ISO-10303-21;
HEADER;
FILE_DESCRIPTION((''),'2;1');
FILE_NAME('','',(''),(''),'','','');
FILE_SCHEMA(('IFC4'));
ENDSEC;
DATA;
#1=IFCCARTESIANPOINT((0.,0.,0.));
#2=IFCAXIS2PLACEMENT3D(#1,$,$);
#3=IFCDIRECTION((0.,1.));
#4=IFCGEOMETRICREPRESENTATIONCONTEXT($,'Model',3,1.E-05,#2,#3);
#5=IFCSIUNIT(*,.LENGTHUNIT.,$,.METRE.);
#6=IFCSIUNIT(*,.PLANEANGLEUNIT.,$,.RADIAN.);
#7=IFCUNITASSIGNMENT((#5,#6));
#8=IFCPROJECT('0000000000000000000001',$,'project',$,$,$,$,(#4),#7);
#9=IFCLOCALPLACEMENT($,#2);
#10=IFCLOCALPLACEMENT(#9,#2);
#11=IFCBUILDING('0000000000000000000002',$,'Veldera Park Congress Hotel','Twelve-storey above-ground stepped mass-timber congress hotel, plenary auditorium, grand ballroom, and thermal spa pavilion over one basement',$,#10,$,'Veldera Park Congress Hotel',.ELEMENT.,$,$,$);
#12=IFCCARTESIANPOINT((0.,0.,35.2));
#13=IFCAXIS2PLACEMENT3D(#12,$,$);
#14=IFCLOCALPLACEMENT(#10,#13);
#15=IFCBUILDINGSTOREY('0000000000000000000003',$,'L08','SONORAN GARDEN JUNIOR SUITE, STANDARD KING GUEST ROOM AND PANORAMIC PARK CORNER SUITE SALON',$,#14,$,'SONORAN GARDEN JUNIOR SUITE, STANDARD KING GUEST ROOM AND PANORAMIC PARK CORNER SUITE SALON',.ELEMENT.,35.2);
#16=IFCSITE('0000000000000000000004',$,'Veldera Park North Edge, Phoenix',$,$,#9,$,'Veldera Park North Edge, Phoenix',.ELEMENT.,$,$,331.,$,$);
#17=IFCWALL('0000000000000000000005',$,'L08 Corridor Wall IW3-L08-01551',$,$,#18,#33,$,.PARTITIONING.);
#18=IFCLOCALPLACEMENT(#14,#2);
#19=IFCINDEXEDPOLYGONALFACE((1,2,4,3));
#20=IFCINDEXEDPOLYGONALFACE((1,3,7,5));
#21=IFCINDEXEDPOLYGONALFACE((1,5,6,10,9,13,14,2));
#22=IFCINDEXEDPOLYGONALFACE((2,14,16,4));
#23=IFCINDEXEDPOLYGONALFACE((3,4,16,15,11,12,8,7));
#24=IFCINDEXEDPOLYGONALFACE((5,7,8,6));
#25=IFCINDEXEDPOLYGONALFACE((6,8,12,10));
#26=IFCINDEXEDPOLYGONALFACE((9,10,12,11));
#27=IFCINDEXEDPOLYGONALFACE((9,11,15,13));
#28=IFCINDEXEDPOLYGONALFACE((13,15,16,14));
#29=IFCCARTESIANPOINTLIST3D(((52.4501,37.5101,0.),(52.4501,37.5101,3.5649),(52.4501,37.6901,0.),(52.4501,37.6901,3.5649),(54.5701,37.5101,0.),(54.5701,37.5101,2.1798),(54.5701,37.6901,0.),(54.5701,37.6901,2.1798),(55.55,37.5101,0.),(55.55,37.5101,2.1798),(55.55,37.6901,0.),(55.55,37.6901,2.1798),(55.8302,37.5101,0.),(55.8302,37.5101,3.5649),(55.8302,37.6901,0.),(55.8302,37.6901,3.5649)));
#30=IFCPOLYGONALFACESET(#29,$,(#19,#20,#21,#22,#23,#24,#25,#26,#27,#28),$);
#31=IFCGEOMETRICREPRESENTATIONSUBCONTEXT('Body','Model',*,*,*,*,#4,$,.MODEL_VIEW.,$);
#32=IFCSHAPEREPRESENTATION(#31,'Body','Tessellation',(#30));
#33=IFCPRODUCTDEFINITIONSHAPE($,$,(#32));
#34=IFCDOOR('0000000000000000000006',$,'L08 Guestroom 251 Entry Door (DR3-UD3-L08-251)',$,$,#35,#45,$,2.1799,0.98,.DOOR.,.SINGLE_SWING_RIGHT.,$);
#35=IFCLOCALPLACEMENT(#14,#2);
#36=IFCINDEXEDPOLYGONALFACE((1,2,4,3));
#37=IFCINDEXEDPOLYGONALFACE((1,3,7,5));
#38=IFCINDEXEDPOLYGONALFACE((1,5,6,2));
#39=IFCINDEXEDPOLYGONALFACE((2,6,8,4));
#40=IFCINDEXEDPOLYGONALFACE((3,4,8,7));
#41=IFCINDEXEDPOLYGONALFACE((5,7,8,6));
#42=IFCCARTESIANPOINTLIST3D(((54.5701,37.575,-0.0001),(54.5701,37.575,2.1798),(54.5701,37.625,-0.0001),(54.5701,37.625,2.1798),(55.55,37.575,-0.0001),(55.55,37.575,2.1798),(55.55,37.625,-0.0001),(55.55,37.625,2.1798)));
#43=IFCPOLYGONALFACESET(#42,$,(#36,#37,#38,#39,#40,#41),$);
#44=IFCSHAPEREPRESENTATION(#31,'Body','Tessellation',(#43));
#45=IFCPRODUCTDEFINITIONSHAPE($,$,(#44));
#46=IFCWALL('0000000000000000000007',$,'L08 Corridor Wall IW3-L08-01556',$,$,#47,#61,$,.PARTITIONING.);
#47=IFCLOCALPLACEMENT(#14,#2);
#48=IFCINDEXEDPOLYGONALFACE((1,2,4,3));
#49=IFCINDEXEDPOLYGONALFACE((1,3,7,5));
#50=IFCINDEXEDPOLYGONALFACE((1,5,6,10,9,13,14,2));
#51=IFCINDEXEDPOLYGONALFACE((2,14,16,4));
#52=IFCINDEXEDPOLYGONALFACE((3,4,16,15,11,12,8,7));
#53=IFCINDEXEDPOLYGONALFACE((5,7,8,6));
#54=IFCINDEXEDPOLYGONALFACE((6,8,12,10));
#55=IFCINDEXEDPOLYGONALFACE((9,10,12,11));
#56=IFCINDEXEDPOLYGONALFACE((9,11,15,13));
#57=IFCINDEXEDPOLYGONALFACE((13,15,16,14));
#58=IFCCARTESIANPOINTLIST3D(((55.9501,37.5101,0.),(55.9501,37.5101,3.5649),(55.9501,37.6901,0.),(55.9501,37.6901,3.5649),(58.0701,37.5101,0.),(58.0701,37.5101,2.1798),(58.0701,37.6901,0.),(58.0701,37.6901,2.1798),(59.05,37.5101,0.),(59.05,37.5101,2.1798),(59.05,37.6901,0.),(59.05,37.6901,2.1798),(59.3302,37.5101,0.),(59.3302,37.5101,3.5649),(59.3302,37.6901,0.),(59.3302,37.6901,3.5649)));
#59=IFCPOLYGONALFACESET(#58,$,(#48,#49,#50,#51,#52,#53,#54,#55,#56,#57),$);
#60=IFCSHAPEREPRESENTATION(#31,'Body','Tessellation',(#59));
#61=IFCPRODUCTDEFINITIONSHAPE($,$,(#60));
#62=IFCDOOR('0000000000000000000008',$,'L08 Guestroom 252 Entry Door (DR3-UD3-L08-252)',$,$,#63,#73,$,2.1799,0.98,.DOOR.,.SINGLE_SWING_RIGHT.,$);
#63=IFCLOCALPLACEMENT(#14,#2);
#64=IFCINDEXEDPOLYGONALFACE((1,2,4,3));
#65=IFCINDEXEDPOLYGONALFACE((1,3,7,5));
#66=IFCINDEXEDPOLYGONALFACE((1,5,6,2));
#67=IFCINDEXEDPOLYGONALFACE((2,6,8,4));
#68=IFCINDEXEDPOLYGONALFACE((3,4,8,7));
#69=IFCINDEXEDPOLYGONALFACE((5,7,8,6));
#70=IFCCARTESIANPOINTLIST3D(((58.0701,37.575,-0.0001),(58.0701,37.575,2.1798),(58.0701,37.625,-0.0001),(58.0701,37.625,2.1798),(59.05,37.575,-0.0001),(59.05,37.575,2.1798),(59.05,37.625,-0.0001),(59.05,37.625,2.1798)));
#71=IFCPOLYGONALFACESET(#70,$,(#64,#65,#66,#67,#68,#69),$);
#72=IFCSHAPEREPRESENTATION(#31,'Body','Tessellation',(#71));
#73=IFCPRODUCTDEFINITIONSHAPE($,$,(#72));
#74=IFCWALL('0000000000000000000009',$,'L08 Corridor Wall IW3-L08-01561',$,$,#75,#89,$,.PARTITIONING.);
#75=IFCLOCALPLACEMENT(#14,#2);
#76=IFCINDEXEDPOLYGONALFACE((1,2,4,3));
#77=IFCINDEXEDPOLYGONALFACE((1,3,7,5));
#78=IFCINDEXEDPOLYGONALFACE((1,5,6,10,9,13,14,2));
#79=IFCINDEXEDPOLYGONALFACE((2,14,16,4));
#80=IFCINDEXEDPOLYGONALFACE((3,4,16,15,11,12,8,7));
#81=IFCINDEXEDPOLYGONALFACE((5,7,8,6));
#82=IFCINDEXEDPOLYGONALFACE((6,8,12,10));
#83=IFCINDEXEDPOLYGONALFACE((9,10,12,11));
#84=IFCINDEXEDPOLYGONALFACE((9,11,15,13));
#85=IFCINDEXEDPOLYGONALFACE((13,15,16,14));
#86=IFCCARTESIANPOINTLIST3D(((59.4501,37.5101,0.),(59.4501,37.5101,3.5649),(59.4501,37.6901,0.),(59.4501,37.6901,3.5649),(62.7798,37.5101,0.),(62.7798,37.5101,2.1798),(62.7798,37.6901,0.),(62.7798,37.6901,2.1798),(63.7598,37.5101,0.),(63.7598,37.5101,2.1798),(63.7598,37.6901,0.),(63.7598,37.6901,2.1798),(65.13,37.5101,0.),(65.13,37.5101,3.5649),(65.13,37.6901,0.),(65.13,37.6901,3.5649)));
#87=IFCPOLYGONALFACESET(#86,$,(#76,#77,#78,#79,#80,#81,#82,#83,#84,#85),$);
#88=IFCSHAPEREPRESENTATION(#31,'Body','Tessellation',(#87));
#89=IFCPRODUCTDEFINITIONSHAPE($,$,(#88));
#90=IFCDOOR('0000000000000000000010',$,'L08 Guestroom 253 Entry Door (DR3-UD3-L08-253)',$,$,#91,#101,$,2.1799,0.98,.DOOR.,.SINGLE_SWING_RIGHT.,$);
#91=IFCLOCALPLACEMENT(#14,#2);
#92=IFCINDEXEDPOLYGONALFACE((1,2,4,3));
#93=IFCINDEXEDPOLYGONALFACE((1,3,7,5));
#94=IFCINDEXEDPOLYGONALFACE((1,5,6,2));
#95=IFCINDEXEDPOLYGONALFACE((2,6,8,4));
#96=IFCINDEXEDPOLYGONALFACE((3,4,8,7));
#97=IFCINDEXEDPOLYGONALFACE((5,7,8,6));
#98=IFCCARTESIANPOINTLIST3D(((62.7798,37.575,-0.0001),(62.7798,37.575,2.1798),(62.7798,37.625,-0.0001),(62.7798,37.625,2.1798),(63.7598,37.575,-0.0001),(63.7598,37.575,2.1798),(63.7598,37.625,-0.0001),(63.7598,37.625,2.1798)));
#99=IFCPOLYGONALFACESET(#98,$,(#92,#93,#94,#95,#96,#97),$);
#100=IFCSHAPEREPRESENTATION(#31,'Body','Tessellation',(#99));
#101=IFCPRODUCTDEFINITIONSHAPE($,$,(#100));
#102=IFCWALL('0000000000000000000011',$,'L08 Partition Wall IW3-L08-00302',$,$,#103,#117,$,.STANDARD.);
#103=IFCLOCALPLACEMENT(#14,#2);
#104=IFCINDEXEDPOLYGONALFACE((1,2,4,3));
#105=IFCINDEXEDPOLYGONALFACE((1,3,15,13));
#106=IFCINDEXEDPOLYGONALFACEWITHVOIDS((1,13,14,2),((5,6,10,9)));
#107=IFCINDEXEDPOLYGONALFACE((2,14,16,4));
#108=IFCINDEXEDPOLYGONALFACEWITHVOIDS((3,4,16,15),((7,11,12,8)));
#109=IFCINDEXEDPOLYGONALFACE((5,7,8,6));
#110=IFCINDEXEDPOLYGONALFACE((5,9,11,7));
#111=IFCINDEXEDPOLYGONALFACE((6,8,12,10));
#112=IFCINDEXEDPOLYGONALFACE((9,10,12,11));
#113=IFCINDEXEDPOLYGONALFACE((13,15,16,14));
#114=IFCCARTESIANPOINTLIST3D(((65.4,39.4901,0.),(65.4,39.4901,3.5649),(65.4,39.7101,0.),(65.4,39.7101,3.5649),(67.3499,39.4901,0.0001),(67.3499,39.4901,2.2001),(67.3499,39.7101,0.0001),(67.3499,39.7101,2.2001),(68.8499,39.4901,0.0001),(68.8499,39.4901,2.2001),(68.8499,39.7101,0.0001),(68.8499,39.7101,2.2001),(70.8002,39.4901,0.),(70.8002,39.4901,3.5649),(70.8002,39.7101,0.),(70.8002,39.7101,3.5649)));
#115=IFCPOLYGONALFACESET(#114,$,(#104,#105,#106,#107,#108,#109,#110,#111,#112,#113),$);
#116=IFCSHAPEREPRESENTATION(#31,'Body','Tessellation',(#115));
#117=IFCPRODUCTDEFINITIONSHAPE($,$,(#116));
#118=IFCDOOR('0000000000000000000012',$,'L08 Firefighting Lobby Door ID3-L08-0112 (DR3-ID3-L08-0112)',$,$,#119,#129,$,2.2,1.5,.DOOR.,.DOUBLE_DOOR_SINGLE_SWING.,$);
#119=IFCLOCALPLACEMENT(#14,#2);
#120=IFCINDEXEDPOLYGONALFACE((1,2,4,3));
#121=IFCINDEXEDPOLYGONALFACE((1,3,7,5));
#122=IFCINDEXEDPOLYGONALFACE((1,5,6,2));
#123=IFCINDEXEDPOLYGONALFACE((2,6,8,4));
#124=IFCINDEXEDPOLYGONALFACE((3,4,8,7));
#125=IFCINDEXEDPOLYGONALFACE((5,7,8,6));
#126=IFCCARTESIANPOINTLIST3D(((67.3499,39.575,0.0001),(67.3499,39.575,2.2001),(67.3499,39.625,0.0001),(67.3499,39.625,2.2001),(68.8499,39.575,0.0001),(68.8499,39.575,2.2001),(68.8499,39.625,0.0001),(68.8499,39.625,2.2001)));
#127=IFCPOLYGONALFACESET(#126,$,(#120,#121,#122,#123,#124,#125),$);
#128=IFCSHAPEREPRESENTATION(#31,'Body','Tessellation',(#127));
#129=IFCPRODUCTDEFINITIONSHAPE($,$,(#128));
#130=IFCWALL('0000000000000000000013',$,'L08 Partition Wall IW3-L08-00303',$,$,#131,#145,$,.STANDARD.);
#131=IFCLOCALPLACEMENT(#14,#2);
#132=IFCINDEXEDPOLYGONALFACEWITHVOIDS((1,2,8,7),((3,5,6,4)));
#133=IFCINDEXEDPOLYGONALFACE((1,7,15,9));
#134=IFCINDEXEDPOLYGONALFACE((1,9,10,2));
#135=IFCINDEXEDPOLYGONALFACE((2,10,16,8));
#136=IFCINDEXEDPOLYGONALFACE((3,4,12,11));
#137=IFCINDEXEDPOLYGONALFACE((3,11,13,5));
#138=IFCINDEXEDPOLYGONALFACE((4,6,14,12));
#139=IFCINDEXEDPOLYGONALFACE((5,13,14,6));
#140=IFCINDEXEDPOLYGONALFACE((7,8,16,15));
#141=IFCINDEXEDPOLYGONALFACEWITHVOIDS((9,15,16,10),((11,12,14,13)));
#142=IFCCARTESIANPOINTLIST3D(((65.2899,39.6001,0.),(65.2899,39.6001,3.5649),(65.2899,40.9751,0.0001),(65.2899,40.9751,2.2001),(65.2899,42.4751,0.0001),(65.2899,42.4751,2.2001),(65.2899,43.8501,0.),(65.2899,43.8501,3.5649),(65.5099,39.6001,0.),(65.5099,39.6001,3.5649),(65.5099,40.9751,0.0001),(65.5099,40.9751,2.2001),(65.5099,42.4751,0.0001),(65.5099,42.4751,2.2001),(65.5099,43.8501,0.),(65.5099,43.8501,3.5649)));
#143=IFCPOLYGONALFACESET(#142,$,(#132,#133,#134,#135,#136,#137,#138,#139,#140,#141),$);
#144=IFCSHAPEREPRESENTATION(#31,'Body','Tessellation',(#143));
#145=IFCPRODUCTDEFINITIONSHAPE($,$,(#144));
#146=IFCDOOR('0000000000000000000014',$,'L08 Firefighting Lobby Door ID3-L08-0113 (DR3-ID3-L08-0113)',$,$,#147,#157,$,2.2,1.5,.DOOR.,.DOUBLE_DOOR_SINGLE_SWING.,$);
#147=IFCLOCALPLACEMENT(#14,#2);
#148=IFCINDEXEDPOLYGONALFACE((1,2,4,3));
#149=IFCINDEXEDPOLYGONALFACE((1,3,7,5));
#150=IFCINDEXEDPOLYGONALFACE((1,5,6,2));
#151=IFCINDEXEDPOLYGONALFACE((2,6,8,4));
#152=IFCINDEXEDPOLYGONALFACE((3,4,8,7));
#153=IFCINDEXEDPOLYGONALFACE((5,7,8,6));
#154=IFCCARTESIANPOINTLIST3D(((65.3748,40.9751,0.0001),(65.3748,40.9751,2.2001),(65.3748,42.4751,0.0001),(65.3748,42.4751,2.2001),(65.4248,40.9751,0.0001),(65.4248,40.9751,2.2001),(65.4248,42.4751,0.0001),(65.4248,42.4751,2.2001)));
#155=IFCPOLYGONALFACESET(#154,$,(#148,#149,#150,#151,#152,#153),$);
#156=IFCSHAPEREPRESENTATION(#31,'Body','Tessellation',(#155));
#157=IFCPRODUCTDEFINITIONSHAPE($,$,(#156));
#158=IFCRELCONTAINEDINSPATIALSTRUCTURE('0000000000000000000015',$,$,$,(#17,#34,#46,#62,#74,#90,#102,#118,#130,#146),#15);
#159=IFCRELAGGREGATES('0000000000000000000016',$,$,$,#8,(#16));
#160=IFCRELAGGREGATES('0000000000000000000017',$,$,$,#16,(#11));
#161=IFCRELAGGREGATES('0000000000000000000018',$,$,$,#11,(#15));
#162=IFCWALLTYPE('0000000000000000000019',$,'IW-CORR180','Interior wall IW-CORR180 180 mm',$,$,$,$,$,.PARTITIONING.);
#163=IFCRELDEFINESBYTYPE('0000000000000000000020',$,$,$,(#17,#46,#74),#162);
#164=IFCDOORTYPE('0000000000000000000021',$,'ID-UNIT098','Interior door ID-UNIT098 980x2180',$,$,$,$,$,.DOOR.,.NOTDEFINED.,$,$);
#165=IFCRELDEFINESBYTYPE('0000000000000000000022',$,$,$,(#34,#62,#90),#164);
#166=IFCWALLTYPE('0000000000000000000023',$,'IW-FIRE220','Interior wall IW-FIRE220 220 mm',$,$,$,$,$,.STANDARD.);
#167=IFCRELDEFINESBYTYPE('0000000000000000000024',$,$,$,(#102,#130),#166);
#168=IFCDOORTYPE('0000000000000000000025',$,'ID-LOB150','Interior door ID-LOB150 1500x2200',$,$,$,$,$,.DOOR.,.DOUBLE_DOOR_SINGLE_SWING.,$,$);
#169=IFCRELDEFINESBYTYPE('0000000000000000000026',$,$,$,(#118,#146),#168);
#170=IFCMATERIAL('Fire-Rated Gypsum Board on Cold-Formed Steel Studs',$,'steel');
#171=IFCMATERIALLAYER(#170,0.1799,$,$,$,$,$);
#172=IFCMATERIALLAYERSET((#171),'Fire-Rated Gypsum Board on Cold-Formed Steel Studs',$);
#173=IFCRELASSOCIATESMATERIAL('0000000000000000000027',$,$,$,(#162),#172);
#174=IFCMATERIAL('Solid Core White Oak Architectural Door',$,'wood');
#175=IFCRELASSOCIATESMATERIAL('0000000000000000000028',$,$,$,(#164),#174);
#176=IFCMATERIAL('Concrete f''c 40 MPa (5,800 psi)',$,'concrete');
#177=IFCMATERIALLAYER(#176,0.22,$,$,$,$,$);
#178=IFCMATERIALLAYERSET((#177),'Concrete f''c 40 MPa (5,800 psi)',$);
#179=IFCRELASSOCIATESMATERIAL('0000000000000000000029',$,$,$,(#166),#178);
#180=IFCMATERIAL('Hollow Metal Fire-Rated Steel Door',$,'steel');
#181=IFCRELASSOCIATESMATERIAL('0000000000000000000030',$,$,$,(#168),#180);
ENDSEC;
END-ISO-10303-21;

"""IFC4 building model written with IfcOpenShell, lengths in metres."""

from ifc_helpers import new_model, si_unit, direction, frame, frame_2d, origin, place, context, subcontext, project, spatial, rectangle, extrude, material, layer, layer_set, type_object, element, fill, save


model = new_model("IFC4")

# Units and contexts
model_context = context("Model", 3, precision=1e-05, world=origin(), true_north=direction((0.0, 1.0)))
body_context = subcontext(model_context, "Body", "Model", "MODEL_VIEW")
ifc_project = project(units=[si_unit("LENGTHUNIT", "METRE"), si_unit("PLANEANGLEUNIT", "RADIAN")], contexts=[model_context])

# Site, building, storey
site_placement = place(None, origin())
site = spatial("IfcSite", under=ifc_project, at=site_placement, Name="Veldera Park North Edge, Phoenix", LongName="Veldera Park North Edge, Phoenix", CompositionType="ELEMENT", RefElevation=331.0)
building_placement = place(site_placement, origin())
building = spatial("IfcBuilding", under=site, at=building_placement, Name="Veldera Park Congress Hotel", Description="Twelve-storey above-ground stepped mass-timber congress hotel, plenary auditorium, grand ballroom, and thermal spa pavilion over one basement", LongName="Veldera Park Congress Hotel", CompositionType="ELEMENT")
storey_placement = place(building_placement, frame((0.0, 0.0, 35.2)))
storey = spatial("IfcBuildingStorey", under=building, at=storey_placement, Name="L08", Description="SONORAN GARDEN JUNIOR SUITE, STANDARD KING GUEST ROOM AND PANORAMIC PARK CORNER SUITE SALON", LongName="SONORAN GARDEN JUNIOR SUITE, STANDARD KING GUEST ROOM AND PANORAMIC PARK CORNER SUITE SALON", CompositionType="ELEMENT", Elevation=35.2)

# Shared definitions
ifc_material_1 = material(Name="Fire-Rated Gypsum Board on Cold-Formed Steel Studs", Category="steel")
ifc_layer_1 = layer(ifc_material_1, 0.1799)
ifc_layer_set_1 = layer_set([ifc_layer_1], Name="Fire-Rated Gypsum Board on Cold-Formed Steel Studs")
wall_type_1 = type_object("IfcWallType", Name="IW-CORR180", Description="Interior wall IW-CORR180 180 mm", PredefinedType="PARTITIONING", material=ifc_layer_set_1)
ifc_material_2 = material(Name="Solid Core White Oak Architectural Door", Category="wood")

# Walls, openings, doors
door_type_1 = type_object("IfcDoorType", Name="ID-UNIT098", Description="Interior door ID-UNIT098 980x2180", OperationType="NOTDEFINED", PredefinedType="DOOR", material=ifc_material_2)
wall_1_placement = place(storey_placement, frame((55.8301, 37.6001, 0.0), z_axis=(0.0, 0.0, 1.0), x_axis=(-1.0, 0.0, 0.0)))
wall_1 = element("IfcWall", 1, at=wall_1_placement, inside=storey, type_object=wall_type_1, Name="L08 Corridor Wall IW3-L08-01551", PredefinedType="PARTITIONING", context=body_context, shape_type="SweptSolid", body=[
    extrude(rectangle(XDim=3.3801, YDim=0.1799, at=frame_2d((1.6899, 0.0))), origin(), (0.0, 0.0, 1.0), 3.5649),
])
opening_1_placement = place(wall_1_placement, frame((0.28, 0.0, 0.0)))
opening_1 = element("IfcOpeningElement", 2, at=opening_1_placement, cuts=wall_1, PredefinedType="OPENING", context=body_context, shape_type="SweptSolid", body=[
    extrude(rectangle(XDim=0.98, YDim=2.1799, at=frame_2d((0.49, 1.0898))), frame((0.0, 0.1021, 0.0), z_axis=(0.0, -1.0, 0.0), x_axis=(1.0, 0.0, 0.0)), (0.0, 0.0, 1.0), 0.2039),
])
door_1_placement = place(opening_1_placement, frame((0.98, 0.0, 0.0), z_axis=(0.0, 0.0, 1.0), x_axis=(-1.0, 0.0, 0.0)))
door_1 = element("IfcDoor", 3, at=door_1_placement, inside=storey, type_object=door_type_1, Name="L08 Guestroom 251 Entry Door (DR3-UD3-L08-251)", OperationType="SINGLE_SWING_RIGHT", OverallHeight=2.1799, OverallWidth=0.98, PredefinedType="DOOR", context=body_context, shape_type="SweptSolid", body=[
    extrude(rectangle(XDim=0.98, YDim=2.1799, at=frame_2d((0.49, 1.0898))), frame((0.0, 0.0249, 0.0), z_axis=(0.0, -1.0, 0.0), x_axis=(1.0, 0.0, 0.0)), (0.0, 0.0, 1.0), 0.05),
])
fill(opening_1, door_1)
wall_2_placement = place(storey_placement, frame((59.3301, 37.6001, 0.0), z_axis=(0.0, 0.0, 1.0), x_axis=(-1.0, 0.0, 0.0)))
wall_2 = element("IfcWall", 4, at=wall_2_placement, inside=storey, type_object=wall_type_1, Name="L08 Corridor Wall IW3-L08-01556", PredefinedType="PARTITIONING", context=body_context, shape_type="SweptSolid", body=[
    extrude(rectangle(XDim=3.3801, YDim=0.1799, at=frame_2d((1.6899, 0.0))), origin(), (0.0, 0.0, 1.0), 3.5649),
])
opening_2_placement = place(wall_2_placement, frame((0.28, 0.0, 0.0)))
opening_2 = element("IfcOpeningElement", 5, at=opening_2_placement, cuts=wall_2, PredefinedType="OPENING", context=body_context, shape_type="SweptSolid", body=[
    extrude(rectangle(XDim=0.98, YDim=2.1799, at=frame_2d((0.49, 1.0898))), frame((0.0, 0.1021, 0.0), z_axis=(0.0, -1.0, 0.0), x_axis=(1.0, 0.0, 0.0)), (0.0, 0.0, 1.0), 0.2039),
])
door_2_placement = place(opening_2_placement, frame((0.98, 0.0, 0.0), z_axis=(0.0, 0.0, 1.0), x_axis=(-1.0, 0.0, 0.0)))
door_2 = element("IfcDoor", 6, at=door_2_placement, inside=storey, type_object=door_type_1, Name="L08 Guestroom 252 Entry Door (DR3-UD3-L08-252)", OperationType="SINGLE_SWING_RIGHT", OverallHeight=2.1799, OverallWidth=0.98, PredefinedType="DOOR", context=body_context, shape_type="SweptSolid", body=[
    extrude(rectangle(XDim=0.98, YDim=2.1799, at=frame_2d((0.49, 1.0898))), frame((0.0, 0.0249, 0.0), z_axis=(0.0, -1.0, 0.0), x_axis=(1.0, 0.0, 0.0)), (0.0, 0.0, 1.0), 0.05),
])
fill(opening_2, door_2)
wall_3_placement = place(storey_placement, frame((65.1299, 37.6001, 0.0), z_axis=(0.0, 0.0, 1.0), x_axis=(-1.0, 0.0, 0.0)))
wall_3 = element("IfcWall", 7, at=wall_3_placement, inside=storey, type_object=wall_type_1, Name="L08 Corridor Wall IW3-L08-01561", PredefinedType="PARTITIONING", context=body_context, shape_type="SweptSolid", body=[
    extrude(rectangle(XDim=5.6799, YDim=0.1799, at=frame_2d((2.8398, 0.0))), origin(), (0.0, 0.0, 1.0), 3.5649),
])
opening_3_placement = place(wall_3_placement, frame((1.3701, 0.0, 0.0)))
opening_3 = element("IfcOpeningElement", 8, at=opening_3_placement, cuts=wall_3, PredefinedType="OPENING", context=body_context, shape_type="SweptSolid", body=[
    extrude(rectangle(XDim=0.98, YDim=2.1799, at=frame_2d((0.49, 1.0898))), frame((0.0, 0.1021, 0.0), z_axis=(0.0, -1.0, 0.0), x_axis=(1.0, 0.0, 0.0)), (0.0, 0.0, 1.0), 0.2039),
])
door_3_placement = place(opening_3_placement, frame((0.98, 0.0, 0.0), z_axis=(0.0, 0.0, 1.0), x_axis=(-1.0, 0.0, 0.0)))
door_3 = element("IfcDoor", 9, at=door_3_placement, inside=storey, type_object=door_type_1, Name="L08 Guestroom 253 Entry Door (DR3-UD3-L08-253)", OperationType="SINGLE_SWING_RIGHT", OverallHeight=2.1799, OverallWidth=0.98, PredefinedType="DOOR", context=body_context, shape_type="SweptSolid", body=[
    extrude(rectangle(XDim=0.98, YDim=2.1799, at=frame_2d((0.49, 1.0898))), frame((0.0, 0.0249, 0.0), z_axis=(0.0, -1.0, 0.0), x_axis=(1.0, 0.0, 0.0)), (0.0, 0.0, 1.0), 0.05),
])
fill(opening_3, door_3)
ifc_material_3 = material(Name="Concrete f'c 40 MPa (5,800 psi)", Category="concrete")
ifc_layer_2 = layer(ifc_material_3, 0.22)
ifc_layer_set_2 = layer_set([ifc_layer_2], Name="Concrete f'c 40 MPa (5,800 psi)")
wall_type_2 = type_object("IfcWallType", Name="IW-FIRE220", Description="Interior wall IW-FIRE220 220 mm", PredefinedType="STANDARD", material=ifc_layer_set_2)
wall_4_placement = place(storey_placement, frame((65.3999, 39.6001, 0.0), z_axis=(0.0, 0.0, 1.0), x_axis=(1.0, 0.0, 0.0)))
wall_4 = element("IfcWall", 10, at=wall_4_placement, inside=storey, type_object=wall_type_2, Name="L08 Partition Wall IW3-L08-00302", PredefinedType="STANDARD", context=body_context, shape_type="SweptSolid", body=[
    extrude(rectangle(XDim=5.4001, YDim=0.22, at=frame_2d((2.7002, 0.0))), origin(), (0.0, 0.0, 1.0), 3.5649),
])
opening_4_placement = place(wall_4_placement, frame((1.95, 0.0, 0.0)))
opening_4 = element("IfcOpeningElement", 11, at=opening_4_placement, cuts=wall_4, PredefinedType="OPENING", context=body_context, shape_type="SweptSolid", body=[
    extrude(rectangle(XDim=1.5, YDim=2.2, at=frame_2d((0.75, 1.1001))), frame((0.0, 0.1221, 0.0), z_axis=(0.0, -1.0, 0.0), x_axis=(1.0, 0.0, 0.0)), (0.0, 0.0, 1.0), 0.2439),
])
ifc_material_4 = material(Name="Hollow Metal Fire-Rated Steel Door", Category="steel")
door_type_2 = type_object("IfcDoorType", Name="ID-LOB150", Description="Interior door ID-LOB150 1500x2200", OperationType="DOUBLE_DOOR_SINGLE_SWING", PredefinedType="DOOR", material=ifc_material_4)
door_4_placement = place(opening_4_placement, origin())
door_4 = element("IfcDoor", 12, at=door_4_placement, inside=storey, type_object=door_type_2, Name="L08 Firefighting Lobby Door ID3-L08-0112 (DR3-ID3-L08-0112)", OperationType="DOUBLE_DOOR_SINGLE_SWING", OverallHeight=2.2, OverallWidth=1.5, PredefinedType="DOOR", context=body_context, shape_type="SweptSolid", body=[
    extrude(rectangle(XDim=1.5, YDim=2.2, at=frame_2d((0.75, 1.1001))), frame((0.0, 0.0249, 0.0), z_axis=(0.0, -1.0, 0.0), x_axis=(1.0, 0.0, 0.0)), (0.0, 0.0, 1.0), 0.05),
])
fill(opening_4, door_4)
wall_5_placement = place(storey_placement, frame((65.3999, 43.8501, 0.0), z_axis=(0.0, 0.0, 1.0), x_axis=(0.0, -1.0, 0.0)))
wall_5 = element("IfcWall", 13, at=wall_5_placement, inside=storey, type_object=wall_type_2, Name="L08 Partition Wall IW3-L08-00303", PredefinedType="STANDARD", context=body_context, shape_type="SweptSolid", body=[
    extrude(rectangle(XDim=4.25, YDim=0.22, at=frame_2d((2.125, 0.0))), origin(), (0.0, 0.0, 1.0), 3.5649),
])
opening_5_placement = place(wall_5_placement, frame((1.375, 0.0, 0.0)))
opening_5 = element("IfcOpeningElement", 14, at=opening_5_placement, cuts=wall_5, PredefinedType="OPENING", context=body_context, shape_type="SweptSolid", body=[
    extrude(rectangle(XDim=1.5, YDim=2.2, at=frame_2d((0.75, 1.1001))), frame((0.0, 0.1221, 0.0), z_axis=(0.0, -1.0, 0.0), x_axis=(1.0, 0.0, 0.0)), (0.0, 0.0, 1.0), 0.2439),
])
door_5_placement = place(opening_5_placement, origin())
door_5 = element("IfcDoor", 15, at=door_5_placement, inside=storey, type_object=door_type_2, Name="L08 Firefighting Lobby Door ID3-L08-0113 (DR3-ID3-L08-0113)", OperationType="DOUBLE_DOOR_SINGLE_SWING", OverallHeight=2.2, OverallWidth=1.5, PredefinedType="DOOR", context=body_context, shape_type="SweptSolid", body=[
    extrude(rectangle(XDim=1.5, YDim=2.2, at=frame_2d((0.75, 1.1001))), frame((0.0, 0.0249, 0.0), z_axis=(0.0, -1.0, 0.0), x_axis=(1.0, 0.0, 0.0)), (0.0, 0.0, 1.0), 0.05),
])
fill(opening_5, door_5)

save(model, "model.ifc")
